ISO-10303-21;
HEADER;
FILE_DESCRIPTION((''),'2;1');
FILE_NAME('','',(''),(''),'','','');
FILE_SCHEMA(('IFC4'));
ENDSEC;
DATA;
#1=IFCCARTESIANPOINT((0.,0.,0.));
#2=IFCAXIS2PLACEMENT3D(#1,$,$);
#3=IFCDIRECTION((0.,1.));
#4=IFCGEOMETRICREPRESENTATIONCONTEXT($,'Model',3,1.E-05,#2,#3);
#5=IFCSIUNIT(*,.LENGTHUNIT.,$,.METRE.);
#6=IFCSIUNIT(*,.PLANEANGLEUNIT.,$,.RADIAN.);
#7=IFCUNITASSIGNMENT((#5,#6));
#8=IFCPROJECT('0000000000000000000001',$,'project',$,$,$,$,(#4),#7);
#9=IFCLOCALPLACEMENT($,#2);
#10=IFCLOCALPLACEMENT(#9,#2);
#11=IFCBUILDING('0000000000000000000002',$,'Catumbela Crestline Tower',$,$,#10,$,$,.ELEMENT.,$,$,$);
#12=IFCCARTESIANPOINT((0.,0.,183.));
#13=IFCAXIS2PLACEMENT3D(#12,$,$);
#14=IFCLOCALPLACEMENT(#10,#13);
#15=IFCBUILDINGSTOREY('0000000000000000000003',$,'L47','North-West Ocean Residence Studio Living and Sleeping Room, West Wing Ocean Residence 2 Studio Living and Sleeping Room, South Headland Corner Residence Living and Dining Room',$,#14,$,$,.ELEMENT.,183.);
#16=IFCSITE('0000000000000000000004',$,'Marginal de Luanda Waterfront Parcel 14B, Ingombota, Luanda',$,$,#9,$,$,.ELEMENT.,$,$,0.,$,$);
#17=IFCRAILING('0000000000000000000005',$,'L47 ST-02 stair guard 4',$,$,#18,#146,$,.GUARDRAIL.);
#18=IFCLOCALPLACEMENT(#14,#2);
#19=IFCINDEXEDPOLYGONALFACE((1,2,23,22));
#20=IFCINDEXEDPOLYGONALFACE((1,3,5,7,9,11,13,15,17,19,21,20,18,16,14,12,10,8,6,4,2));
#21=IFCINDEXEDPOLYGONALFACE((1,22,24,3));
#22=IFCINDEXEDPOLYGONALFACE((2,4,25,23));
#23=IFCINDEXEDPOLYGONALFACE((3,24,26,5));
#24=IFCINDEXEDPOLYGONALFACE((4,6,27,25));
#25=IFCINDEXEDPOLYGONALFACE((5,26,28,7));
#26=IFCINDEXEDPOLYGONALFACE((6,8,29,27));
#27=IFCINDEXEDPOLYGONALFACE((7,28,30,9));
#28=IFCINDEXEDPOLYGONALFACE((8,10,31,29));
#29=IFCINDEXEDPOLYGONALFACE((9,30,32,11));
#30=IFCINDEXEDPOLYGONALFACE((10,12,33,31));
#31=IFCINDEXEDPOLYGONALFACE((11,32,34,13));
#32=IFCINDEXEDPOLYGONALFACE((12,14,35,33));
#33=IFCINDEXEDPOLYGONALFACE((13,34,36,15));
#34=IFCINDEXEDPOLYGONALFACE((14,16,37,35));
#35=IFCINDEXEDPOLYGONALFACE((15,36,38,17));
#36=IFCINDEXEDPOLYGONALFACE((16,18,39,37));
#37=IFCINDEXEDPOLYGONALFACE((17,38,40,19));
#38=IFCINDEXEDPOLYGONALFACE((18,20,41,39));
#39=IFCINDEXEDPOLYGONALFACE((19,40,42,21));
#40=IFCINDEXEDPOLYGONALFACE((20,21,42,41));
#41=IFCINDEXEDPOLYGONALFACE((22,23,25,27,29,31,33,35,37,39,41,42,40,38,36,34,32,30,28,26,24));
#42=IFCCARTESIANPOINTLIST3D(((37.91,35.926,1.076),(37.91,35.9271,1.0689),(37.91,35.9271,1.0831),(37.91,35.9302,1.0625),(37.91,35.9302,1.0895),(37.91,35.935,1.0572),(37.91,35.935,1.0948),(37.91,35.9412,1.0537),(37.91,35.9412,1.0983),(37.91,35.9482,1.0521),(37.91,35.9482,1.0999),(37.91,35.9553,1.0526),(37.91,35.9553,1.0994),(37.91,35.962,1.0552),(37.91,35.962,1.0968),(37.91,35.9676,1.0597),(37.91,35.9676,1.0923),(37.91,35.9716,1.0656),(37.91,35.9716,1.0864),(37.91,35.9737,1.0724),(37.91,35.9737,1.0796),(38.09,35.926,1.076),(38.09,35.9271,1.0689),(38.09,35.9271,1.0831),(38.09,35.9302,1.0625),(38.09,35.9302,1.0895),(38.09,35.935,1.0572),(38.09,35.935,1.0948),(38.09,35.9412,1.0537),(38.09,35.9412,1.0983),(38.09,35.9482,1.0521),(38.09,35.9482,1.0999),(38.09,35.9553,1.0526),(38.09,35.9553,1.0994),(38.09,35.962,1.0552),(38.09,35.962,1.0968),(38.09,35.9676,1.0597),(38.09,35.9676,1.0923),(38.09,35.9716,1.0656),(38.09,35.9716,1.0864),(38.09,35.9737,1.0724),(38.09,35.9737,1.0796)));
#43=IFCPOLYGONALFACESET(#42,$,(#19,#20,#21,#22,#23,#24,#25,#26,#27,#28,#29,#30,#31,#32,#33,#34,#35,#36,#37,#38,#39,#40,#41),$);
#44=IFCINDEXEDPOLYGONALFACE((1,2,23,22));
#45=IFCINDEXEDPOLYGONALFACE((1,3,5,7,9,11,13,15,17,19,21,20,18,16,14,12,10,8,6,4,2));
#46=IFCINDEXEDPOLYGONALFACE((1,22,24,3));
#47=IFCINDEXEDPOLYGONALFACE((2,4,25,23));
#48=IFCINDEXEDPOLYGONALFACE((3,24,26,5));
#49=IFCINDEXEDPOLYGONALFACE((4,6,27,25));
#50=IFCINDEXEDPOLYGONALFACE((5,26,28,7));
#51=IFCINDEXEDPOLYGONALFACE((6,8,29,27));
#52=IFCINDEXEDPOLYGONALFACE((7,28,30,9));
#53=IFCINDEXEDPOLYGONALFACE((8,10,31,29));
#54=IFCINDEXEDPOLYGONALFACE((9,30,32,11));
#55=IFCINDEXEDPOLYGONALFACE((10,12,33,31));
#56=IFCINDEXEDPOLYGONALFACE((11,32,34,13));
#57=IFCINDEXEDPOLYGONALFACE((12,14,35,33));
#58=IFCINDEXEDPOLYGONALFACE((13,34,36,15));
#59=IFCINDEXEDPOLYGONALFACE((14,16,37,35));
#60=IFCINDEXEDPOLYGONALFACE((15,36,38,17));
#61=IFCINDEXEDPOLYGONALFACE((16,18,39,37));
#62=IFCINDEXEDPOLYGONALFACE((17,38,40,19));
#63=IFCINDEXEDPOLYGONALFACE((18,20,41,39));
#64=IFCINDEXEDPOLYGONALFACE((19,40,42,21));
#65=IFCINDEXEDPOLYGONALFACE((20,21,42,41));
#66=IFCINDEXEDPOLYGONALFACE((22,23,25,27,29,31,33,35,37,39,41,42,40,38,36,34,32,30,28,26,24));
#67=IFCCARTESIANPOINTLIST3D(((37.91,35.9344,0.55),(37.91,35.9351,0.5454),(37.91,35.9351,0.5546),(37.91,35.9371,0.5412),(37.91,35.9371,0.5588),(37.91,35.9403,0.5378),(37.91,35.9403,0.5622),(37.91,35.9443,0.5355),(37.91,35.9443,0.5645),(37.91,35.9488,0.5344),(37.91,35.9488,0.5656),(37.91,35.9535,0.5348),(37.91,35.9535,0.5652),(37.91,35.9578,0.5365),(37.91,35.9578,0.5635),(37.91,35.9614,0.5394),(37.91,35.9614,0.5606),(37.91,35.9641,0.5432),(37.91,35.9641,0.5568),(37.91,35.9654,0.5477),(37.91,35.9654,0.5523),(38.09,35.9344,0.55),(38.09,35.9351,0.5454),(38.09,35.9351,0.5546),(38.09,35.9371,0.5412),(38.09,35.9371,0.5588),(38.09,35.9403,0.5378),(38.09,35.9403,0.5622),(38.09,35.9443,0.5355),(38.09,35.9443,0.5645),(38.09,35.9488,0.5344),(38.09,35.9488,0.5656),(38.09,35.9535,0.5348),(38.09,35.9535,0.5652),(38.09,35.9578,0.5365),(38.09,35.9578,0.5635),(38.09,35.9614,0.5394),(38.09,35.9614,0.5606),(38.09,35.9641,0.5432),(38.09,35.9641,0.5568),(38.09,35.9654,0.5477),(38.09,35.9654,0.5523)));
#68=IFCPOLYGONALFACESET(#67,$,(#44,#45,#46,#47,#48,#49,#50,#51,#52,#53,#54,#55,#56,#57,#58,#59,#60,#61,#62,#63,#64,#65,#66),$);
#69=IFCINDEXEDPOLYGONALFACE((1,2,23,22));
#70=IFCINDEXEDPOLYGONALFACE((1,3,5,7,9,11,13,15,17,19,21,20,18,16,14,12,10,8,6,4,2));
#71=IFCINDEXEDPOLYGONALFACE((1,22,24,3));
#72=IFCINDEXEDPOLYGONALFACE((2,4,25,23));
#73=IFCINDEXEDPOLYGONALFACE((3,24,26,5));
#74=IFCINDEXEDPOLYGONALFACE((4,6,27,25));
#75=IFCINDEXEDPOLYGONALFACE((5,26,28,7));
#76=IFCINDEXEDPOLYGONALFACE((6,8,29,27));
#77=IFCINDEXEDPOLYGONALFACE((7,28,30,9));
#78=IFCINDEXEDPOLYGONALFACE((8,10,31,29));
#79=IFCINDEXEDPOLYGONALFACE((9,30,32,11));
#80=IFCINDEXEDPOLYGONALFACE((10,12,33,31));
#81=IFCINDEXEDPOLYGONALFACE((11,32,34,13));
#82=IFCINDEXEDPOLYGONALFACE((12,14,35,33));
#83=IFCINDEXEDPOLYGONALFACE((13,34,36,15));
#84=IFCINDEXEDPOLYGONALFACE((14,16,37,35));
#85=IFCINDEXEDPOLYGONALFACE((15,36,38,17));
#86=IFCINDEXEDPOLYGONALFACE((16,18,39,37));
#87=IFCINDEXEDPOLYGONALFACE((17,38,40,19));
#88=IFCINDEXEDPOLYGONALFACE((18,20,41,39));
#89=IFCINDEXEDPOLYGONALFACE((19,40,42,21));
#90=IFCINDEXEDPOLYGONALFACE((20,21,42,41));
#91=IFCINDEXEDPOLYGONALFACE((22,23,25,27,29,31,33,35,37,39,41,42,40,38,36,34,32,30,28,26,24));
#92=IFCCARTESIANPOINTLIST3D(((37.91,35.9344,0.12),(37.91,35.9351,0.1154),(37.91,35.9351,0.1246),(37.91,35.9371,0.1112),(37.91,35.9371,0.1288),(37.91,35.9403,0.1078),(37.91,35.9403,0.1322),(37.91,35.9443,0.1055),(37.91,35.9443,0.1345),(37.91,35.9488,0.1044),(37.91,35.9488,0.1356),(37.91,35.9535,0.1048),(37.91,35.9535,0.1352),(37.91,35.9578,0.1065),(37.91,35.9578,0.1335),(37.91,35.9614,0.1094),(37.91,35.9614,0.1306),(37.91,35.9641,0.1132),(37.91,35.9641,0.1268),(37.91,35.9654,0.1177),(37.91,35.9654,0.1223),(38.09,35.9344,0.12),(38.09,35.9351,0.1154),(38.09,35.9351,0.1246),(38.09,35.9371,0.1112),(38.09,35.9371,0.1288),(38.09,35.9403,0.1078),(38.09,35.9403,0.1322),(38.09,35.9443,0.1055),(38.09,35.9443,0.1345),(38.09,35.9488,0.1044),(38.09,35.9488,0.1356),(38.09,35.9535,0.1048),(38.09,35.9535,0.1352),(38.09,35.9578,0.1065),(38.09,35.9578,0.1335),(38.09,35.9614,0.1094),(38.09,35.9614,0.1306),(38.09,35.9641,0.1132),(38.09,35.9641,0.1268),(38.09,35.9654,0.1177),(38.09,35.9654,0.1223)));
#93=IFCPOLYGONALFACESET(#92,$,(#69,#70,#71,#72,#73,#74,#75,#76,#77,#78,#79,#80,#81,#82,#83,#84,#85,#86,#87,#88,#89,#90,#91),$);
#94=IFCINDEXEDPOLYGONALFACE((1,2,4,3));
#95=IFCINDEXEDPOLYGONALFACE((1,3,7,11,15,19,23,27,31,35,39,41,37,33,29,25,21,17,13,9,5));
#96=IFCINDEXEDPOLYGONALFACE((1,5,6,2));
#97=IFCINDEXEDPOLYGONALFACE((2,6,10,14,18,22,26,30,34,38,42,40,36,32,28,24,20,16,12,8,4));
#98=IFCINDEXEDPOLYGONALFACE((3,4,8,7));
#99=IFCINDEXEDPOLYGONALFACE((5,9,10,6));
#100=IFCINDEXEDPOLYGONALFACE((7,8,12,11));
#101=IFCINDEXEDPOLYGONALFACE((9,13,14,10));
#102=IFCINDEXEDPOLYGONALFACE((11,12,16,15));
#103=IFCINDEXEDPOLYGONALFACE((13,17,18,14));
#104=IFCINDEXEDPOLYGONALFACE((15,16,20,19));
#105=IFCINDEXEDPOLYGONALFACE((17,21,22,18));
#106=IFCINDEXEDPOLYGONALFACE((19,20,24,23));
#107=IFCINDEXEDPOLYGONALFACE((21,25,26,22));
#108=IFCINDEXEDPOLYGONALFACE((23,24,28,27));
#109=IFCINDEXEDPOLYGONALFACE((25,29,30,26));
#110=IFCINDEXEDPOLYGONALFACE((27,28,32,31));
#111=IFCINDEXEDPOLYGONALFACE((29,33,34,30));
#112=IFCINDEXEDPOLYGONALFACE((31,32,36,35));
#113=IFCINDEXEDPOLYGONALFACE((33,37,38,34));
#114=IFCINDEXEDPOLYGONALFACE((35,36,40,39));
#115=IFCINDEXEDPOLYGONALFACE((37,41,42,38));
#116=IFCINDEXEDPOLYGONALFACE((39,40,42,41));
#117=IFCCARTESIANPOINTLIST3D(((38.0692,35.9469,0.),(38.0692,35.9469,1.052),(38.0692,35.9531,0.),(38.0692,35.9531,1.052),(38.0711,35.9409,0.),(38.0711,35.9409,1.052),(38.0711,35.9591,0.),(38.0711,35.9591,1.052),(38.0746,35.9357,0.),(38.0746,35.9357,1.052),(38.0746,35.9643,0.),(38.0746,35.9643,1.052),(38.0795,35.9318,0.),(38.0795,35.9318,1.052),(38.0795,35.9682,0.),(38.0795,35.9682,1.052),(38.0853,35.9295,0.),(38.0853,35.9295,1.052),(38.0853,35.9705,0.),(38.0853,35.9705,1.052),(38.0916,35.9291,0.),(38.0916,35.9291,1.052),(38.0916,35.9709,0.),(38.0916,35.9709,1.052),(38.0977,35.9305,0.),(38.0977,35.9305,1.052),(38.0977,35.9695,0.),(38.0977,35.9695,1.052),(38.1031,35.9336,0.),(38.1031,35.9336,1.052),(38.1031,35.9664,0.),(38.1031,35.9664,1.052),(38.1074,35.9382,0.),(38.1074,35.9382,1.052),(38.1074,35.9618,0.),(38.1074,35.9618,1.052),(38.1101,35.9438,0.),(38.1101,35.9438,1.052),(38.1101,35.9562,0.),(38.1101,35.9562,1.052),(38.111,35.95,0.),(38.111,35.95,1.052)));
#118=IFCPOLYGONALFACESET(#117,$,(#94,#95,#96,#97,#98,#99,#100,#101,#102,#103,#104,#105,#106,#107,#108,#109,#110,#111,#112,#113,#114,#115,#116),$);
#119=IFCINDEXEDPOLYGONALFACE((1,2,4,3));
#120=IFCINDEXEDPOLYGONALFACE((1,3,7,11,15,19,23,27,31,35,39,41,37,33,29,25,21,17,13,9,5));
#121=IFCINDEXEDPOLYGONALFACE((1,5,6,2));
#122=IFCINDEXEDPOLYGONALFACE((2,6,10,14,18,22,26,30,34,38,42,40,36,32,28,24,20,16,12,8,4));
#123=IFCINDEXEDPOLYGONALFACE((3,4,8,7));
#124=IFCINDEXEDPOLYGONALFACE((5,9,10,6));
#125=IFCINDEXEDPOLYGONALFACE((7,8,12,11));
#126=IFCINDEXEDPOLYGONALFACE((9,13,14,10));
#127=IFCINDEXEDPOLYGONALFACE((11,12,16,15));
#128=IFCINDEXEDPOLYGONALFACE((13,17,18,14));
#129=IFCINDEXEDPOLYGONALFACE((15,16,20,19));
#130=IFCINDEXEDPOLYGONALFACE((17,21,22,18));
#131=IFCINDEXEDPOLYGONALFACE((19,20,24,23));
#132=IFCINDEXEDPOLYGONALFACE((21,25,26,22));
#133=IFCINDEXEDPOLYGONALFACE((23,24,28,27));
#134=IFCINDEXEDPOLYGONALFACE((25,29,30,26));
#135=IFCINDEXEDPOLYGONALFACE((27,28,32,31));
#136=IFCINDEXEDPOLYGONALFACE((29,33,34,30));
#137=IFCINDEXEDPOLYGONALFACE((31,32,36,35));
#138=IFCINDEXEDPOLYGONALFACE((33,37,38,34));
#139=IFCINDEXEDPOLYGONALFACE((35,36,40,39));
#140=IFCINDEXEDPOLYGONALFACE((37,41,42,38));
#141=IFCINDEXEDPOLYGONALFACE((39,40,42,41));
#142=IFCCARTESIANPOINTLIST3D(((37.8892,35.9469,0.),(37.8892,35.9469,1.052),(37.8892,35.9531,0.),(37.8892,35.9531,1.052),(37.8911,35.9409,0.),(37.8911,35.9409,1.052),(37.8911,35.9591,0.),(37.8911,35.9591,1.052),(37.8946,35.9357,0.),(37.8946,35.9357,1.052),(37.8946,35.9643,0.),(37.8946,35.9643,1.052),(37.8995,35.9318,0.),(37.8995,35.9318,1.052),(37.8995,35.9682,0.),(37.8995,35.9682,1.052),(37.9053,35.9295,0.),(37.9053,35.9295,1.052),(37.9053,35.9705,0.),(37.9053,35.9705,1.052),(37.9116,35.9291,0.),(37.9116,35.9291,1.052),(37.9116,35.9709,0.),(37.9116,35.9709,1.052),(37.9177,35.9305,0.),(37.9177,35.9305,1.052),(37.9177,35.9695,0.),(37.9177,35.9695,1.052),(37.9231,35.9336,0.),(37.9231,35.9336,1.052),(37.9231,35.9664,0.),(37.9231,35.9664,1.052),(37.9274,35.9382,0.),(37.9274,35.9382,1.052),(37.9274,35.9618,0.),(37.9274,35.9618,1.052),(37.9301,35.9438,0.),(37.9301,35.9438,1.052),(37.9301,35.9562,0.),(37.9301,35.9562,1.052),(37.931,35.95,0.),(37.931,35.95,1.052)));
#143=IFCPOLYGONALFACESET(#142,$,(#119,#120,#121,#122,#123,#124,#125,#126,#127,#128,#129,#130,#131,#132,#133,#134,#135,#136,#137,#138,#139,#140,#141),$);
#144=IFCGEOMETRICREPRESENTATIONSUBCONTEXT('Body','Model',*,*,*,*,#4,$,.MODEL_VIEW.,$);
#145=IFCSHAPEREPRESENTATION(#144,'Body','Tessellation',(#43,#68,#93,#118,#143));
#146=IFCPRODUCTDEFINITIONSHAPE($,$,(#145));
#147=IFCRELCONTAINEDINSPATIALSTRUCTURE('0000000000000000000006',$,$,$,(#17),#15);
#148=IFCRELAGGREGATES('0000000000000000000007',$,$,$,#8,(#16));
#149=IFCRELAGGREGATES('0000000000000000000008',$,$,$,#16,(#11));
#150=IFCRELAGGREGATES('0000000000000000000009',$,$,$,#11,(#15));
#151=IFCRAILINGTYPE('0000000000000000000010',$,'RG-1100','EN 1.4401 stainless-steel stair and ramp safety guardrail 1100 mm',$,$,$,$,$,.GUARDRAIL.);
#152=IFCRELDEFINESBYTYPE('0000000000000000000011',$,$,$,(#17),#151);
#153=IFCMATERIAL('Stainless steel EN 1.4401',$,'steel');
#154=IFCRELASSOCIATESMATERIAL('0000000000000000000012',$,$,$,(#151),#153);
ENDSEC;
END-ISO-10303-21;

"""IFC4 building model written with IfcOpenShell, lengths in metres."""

from ifc_helpers import new_model, si_unit, direction, frame, origin, origin_2d, place, context, subcontext, project, spatial, circle, extrude, material, type_object, element, save


model = new_model("IFC4")

# Units and contexts
model_context = context("Model", 3, precision=1e-05, world=origin(), true_north=direction((0.0, 1.0)))
body_context = subcontext(model_context, "Body", "Model", "MODEL_VIEW")
ifc_project = project(units=[si_unit("LENGTHUNIT", "METRE"), si_unit("PLANEANGLEUNIT", "RADIAN")], contexts=[model_context])

# Site, building, storey
site_placement = place(None, origin())
site = spatial("IfcSite", under=ifc_project, at=site_placement, Name="Marginal de Luanda Waterfront Parcel 14B, Ingombota, Luanda", CompositionType="ELEMENT", RefElevation=0.0)
building_placement = place(site_placement, origin())
building = spatial("IfcBuilding", under=site, at=building_placement, Name="Catumbela Crestline Tower", CompositionType="ELEMENT")
storey_placement = place(building_placement, frame((0.0, 0.0, 183.0)))
storey = spatial("IfcBuildingStorey", under=building, at=storey_placement, Name="L47", Description="North-West Ocean Residence Studio Living and Sleeping Room, West Wing Ocean Residence 2 Studio Living and Sleeping Room, South Headland Corner Residence Living and Dining Room", CompositionType="ELEMENT", Elevation=183.0)

# Shared definitions
ifc_material_1 = material(Name="Stainless steel EN 1.4401", Category="steel")

# Railing
railing_type_1 = type_object("IfcRailingType", Name="RG-1100", Description="EN 1.4401 stainless-steel stair and ramp safety guardrail 1100 mm", PredefinedType="GUARDRAIL", material=ifc_material_1)
railing_1_placement = place(storey_placement, frame((38.09, 35.95, 0.0)))
element("IfcRailing", 1, at=railing_1_placement, inside=storey, type_object=railing_type_1, Name="L47 ST-02 stair guard 4", PredefinedType="GUARDRAIL", context=body_context, shape_type="SweptSolid", body=[
    extrude(circle(Radius=0.024, at=origin_2d()), frame((0.0, 0.0, 1.076), z_axis=(-1.0, 0.0, 0.0), x_axis=(0.0, -1.0, 0.0)), (0.0, 0.0, 1.0), 0.18),
    extrude(circle(Radius=0.0156, at=origin_2d()), frame((0.0, 0.0, 0.55), z_axis=(-1.0, 0.0, 0.0), x_axis=(0.0, -1.0, 0.0)), (0.0, 0.0, 1.0), 0.18),
    extrude(circle(Radius=0.0156, at=origin_2d()), frame((0.0, 0.0, 0.12), z_axis=(-1.0, 0.0, 0.0), x_axis=(0.0, -1.0, 0.0)), (0.0, 0.0, 1.0), 0.18),
    extrude(circle(Radius=0.021, at=origin_2d()), origin(), (0.0, 0.0, 1.0), 1.052),
    extrude(circle(Radius=0.021, at=origin_2d()), frame((-0.18, 0.0, 0.0)), (0.0, 0.0, 1.0), 1.052),
])

save(model, "model.ifc")
